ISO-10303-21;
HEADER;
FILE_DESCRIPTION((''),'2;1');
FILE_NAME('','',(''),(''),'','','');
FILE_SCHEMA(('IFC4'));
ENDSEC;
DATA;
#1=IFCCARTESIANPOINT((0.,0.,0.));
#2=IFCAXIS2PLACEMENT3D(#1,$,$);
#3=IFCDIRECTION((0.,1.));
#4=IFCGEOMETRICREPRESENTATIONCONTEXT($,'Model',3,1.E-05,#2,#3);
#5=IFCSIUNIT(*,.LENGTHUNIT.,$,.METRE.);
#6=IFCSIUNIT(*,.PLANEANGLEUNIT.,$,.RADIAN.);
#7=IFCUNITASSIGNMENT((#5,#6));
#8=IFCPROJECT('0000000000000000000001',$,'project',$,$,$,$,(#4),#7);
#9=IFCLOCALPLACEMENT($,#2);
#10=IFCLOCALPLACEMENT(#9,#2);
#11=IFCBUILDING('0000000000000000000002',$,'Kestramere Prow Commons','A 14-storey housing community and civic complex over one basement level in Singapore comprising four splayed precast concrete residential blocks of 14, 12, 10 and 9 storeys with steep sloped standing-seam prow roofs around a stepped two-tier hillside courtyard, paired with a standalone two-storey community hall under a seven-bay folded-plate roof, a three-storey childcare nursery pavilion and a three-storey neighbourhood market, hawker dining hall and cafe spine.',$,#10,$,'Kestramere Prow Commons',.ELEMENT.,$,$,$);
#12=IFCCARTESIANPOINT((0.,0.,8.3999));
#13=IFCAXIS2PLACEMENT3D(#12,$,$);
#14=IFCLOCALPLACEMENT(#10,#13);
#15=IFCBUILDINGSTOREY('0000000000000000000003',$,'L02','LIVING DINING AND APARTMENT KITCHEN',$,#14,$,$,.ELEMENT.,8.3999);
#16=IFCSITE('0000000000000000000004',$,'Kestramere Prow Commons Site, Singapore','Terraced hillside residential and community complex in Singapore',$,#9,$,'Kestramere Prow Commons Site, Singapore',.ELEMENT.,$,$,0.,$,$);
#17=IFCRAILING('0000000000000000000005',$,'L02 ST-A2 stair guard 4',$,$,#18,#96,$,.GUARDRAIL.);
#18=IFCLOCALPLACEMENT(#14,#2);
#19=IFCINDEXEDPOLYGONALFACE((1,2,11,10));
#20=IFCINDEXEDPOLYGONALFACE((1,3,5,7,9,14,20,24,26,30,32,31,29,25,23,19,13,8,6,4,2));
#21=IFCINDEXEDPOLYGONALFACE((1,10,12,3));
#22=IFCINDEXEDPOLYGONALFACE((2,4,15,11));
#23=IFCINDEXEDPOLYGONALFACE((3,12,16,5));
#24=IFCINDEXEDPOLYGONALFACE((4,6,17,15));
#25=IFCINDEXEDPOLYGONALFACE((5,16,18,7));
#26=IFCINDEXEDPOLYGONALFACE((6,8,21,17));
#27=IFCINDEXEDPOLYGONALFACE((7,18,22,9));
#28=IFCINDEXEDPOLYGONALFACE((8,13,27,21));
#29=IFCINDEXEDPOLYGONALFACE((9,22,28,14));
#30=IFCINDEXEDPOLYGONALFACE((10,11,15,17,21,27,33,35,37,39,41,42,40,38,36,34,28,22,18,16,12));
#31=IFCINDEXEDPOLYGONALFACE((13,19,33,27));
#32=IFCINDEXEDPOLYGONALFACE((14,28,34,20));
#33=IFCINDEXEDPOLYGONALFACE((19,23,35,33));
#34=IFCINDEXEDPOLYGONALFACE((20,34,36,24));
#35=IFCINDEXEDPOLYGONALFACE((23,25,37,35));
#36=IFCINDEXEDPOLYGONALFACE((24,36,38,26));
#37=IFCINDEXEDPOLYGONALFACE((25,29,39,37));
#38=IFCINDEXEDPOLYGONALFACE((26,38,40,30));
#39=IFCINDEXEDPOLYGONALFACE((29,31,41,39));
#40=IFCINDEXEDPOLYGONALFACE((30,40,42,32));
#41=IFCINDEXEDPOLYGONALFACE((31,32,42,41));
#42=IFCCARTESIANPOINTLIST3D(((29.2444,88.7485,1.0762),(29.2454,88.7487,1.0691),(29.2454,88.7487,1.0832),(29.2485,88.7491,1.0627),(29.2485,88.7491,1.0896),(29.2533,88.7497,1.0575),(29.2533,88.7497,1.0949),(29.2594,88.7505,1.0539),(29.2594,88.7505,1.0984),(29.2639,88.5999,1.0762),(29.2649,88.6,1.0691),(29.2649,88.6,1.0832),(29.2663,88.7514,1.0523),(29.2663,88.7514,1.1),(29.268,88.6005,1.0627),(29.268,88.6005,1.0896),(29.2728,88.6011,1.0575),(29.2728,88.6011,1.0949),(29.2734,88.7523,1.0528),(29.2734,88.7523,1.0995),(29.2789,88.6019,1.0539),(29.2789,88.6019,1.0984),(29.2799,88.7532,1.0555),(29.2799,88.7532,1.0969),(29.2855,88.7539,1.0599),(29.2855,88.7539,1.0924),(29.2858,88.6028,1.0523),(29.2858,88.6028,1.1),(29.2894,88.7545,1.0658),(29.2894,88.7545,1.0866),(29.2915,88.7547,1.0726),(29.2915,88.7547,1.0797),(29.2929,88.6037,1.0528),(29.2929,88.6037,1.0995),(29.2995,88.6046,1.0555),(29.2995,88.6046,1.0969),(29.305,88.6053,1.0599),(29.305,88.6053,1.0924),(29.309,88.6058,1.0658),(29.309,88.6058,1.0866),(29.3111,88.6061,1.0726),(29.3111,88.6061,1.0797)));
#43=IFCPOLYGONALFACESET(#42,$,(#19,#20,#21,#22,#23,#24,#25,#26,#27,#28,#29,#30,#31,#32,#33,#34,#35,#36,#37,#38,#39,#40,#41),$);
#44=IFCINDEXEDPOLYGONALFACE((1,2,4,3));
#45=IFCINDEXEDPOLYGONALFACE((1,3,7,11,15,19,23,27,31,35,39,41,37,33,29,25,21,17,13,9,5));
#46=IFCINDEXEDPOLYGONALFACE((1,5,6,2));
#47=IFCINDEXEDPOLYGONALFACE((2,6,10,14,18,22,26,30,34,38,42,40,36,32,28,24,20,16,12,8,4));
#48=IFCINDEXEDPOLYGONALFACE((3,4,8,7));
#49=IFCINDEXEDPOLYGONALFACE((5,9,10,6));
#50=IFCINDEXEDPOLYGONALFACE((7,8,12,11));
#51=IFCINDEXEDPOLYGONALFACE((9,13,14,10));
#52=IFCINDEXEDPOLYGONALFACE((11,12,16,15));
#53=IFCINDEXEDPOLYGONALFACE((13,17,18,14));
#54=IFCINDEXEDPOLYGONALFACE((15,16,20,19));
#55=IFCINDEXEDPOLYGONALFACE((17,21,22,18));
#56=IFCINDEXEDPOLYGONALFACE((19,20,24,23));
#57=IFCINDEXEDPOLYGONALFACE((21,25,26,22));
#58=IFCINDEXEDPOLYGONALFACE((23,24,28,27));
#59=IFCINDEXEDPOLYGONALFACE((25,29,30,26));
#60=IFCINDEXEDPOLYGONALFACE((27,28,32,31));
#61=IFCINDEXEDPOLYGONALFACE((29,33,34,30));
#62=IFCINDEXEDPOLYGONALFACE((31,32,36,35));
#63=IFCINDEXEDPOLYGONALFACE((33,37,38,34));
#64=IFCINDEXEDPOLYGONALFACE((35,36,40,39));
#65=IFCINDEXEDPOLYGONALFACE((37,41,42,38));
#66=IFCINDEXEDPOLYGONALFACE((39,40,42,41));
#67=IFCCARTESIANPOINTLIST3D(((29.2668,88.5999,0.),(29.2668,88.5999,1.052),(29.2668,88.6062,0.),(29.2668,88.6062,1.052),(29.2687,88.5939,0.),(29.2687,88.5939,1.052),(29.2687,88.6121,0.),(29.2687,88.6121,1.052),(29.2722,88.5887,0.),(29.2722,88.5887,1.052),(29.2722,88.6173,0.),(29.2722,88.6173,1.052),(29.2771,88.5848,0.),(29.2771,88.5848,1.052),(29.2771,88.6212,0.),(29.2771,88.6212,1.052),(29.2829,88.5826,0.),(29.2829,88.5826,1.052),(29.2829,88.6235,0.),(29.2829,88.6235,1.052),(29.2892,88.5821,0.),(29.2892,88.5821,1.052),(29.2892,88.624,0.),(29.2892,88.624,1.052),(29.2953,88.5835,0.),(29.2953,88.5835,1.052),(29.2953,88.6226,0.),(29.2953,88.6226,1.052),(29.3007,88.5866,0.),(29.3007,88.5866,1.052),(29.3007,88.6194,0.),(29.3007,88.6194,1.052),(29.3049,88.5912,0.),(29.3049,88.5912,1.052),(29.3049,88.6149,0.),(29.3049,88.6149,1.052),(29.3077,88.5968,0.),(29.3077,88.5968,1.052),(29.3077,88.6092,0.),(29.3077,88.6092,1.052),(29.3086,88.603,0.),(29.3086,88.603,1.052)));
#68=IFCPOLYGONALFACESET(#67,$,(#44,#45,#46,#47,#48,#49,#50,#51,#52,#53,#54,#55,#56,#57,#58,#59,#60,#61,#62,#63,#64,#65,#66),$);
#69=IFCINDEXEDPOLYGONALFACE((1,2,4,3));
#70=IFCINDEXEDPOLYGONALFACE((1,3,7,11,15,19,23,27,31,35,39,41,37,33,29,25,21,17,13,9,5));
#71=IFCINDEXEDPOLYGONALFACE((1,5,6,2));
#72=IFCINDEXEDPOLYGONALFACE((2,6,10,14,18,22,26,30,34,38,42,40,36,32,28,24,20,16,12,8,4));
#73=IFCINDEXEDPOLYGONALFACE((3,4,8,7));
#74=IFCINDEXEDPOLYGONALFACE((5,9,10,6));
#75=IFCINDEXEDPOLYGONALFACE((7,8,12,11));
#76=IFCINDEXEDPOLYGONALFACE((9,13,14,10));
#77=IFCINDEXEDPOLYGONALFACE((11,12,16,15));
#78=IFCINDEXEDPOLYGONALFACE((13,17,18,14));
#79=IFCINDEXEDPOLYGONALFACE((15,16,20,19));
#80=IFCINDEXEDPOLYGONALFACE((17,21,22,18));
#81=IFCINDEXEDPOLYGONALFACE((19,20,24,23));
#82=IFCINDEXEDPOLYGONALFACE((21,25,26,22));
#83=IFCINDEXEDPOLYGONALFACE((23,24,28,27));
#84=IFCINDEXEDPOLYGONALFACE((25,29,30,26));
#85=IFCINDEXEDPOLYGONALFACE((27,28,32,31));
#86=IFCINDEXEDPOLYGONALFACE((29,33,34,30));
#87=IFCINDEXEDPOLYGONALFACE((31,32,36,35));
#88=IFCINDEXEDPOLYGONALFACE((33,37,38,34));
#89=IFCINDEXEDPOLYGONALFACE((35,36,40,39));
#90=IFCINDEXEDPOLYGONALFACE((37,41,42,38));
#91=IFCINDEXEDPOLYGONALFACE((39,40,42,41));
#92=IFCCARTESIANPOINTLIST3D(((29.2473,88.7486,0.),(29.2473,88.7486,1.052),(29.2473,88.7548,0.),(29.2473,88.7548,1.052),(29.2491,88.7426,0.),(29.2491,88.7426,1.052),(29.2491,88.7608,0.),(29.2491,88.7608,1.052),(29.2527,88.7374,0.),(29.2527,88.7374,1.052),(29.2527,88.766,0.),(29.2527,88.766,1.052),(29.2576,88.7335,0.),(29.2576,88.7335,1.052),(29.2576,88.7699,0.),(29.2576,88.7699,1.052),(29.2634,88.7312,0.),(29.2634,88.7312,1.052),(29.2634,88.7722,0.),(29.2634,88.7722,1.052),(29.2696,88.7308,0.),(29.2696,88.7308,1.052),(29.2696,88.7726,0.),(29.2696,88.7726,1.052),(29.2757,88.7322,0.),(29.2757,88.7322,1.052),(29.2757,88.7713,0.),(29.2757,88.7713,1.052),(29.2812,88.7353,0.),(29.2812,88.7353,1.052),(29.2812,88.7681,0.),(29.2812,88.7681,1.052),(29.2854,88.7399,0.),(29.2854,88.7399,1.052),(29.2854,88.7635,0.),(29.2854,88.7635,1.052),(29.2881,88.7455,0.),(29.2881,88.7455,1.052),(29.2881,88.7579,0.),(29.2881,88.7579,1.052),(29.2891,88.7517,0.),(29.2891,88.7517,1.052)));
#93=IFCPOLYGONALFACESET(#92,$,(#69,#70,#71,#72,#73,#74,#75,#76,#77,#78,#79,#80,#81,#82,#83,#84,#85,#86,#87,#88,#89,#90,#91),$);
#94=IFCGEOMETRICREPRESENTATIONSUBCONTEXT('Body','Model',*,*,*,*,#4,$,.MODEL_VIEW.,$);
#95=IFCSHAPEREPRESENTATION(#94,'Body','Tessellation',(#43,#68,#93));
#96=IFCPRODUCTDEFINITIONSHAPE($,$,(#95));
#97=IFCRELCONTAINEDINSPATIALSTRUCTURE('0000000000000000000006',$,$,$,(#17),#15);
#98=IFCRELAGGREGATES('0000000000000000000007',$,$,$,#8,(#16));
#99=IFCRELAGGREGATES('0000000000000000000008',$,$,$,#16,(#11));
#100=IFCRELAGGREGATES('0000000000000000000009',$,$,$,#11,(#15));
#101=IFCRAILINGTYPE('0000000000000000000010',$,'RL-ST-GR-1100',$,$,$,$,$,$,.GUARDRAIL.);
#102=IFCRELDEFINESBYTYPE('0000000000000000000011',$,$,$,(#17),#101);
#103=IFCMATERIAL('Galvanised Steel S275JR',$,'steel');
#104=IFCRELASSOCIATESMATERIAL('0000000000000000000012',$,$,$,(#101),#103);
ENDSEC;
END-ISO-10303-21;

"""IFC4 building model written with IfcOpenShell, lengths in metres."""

from ifc_helpers import new_model, si_unit, direction, frame, origin, origin_2d, place, context, subcontext, project, spatial, circle, extrude, material, type_object, element, save


model = new_model("IFC4")

# Units and contexts
model_context = context("Model", 3, precision=1e-05, world=origin(), true_north=direction((0.0, 1.0)))
body_context = subcontext(model_context, "Body", "Model", "MODEL_VIEW")
ifc_project = project(units=[si_unit("LENGTHUNIT", "METRE"), si_unit("PLANEANGLEUNIT", "RADIAN")], contexts=[model_context])

# Site, building, storey
site_placement = place(None, origin())
site = spatial("IfcSite", under=ifc_project, at=site_placement, Name="Kestramere Prow Commons Site, Singapore", Description="Terraced hillside residential and community complex in Singapore", LongName="Kestramere Prow Commons Site, Singapore", CompositionType="ELEMENT", RefElevation=0.0)
building_placement = place(site_placement, origin())
building = spatial("IfcBuilding", under=site, at=building_placement, Name="Kestramere Prow Commons", Description="A 14-storey housing community and civic complex over one basement level in Singapore comprising four splayed precast concrete residential blocks of 14, 12, 10 and 9 storeys with steep sloped standing-seam prow roofs around a stepped two-tier hillside courtyard, paired with a standalone two-storey community hall under a seven-bay folded-plate roof, a three-storey childcare nursery pavilion and a three-storey neighbourhood market, hawker dining hall and cafe spine.", LongName="Kestramere Prow Commons", CompositionType="ELEMENT")
storey_placement = place(building_placement, frame((0.0, 0.0, 8.3999)))
storey = spatial("IfcBuildingStorey", under=building, at=storey_placement, Name="L02", Description="LIVING DINING AND APARTMENT KITCHEN", CompositionType="ELEMENT", Elevation=8.3999)

# Railing
ifc_material_1 = material(Name="Galvanised Steel S275JR", Category="steel")
railing_type_1 = type_object("IfcRailingType", Name="RL-ST-GR-1100", PredefinedType="GUARDRAIL", material=ifc_material_1)
railing_1_placement = place(storey_placement, frame((29.2876, 88.603, 0.0)))
element("IfcRailing", 1, at=railing_1_placement, inside=storey, type_object=railing_type_1, Name="L02 ST-A2 stair guard 4", PredefinedType="GUARDRAIL", context=body_context, shape_type="SweptSolid", body=[
    extrude(circle(Radius=0.0239, at=origin_2d()), frame((0.0, 0.0, 1.0762), z_axis=(-0.130244, 0.991482, 0.0), x_axis=(-0.991482, -0.130244, 0.0)), (0.0, 0.0, 1.0), 0.1499),
    extrude(circle(Radius=0.021, at=origin_2d()), origin(), (0.0, 0.0, 1.0), 1.052),
    extrude(circle(Radius=0.021, at=origin_2d()), frame((-0.0195, 0.1487, 0.0)), (0.0, 0.0, 1.0), 1.052),
])

save(model, "model.ifc")
